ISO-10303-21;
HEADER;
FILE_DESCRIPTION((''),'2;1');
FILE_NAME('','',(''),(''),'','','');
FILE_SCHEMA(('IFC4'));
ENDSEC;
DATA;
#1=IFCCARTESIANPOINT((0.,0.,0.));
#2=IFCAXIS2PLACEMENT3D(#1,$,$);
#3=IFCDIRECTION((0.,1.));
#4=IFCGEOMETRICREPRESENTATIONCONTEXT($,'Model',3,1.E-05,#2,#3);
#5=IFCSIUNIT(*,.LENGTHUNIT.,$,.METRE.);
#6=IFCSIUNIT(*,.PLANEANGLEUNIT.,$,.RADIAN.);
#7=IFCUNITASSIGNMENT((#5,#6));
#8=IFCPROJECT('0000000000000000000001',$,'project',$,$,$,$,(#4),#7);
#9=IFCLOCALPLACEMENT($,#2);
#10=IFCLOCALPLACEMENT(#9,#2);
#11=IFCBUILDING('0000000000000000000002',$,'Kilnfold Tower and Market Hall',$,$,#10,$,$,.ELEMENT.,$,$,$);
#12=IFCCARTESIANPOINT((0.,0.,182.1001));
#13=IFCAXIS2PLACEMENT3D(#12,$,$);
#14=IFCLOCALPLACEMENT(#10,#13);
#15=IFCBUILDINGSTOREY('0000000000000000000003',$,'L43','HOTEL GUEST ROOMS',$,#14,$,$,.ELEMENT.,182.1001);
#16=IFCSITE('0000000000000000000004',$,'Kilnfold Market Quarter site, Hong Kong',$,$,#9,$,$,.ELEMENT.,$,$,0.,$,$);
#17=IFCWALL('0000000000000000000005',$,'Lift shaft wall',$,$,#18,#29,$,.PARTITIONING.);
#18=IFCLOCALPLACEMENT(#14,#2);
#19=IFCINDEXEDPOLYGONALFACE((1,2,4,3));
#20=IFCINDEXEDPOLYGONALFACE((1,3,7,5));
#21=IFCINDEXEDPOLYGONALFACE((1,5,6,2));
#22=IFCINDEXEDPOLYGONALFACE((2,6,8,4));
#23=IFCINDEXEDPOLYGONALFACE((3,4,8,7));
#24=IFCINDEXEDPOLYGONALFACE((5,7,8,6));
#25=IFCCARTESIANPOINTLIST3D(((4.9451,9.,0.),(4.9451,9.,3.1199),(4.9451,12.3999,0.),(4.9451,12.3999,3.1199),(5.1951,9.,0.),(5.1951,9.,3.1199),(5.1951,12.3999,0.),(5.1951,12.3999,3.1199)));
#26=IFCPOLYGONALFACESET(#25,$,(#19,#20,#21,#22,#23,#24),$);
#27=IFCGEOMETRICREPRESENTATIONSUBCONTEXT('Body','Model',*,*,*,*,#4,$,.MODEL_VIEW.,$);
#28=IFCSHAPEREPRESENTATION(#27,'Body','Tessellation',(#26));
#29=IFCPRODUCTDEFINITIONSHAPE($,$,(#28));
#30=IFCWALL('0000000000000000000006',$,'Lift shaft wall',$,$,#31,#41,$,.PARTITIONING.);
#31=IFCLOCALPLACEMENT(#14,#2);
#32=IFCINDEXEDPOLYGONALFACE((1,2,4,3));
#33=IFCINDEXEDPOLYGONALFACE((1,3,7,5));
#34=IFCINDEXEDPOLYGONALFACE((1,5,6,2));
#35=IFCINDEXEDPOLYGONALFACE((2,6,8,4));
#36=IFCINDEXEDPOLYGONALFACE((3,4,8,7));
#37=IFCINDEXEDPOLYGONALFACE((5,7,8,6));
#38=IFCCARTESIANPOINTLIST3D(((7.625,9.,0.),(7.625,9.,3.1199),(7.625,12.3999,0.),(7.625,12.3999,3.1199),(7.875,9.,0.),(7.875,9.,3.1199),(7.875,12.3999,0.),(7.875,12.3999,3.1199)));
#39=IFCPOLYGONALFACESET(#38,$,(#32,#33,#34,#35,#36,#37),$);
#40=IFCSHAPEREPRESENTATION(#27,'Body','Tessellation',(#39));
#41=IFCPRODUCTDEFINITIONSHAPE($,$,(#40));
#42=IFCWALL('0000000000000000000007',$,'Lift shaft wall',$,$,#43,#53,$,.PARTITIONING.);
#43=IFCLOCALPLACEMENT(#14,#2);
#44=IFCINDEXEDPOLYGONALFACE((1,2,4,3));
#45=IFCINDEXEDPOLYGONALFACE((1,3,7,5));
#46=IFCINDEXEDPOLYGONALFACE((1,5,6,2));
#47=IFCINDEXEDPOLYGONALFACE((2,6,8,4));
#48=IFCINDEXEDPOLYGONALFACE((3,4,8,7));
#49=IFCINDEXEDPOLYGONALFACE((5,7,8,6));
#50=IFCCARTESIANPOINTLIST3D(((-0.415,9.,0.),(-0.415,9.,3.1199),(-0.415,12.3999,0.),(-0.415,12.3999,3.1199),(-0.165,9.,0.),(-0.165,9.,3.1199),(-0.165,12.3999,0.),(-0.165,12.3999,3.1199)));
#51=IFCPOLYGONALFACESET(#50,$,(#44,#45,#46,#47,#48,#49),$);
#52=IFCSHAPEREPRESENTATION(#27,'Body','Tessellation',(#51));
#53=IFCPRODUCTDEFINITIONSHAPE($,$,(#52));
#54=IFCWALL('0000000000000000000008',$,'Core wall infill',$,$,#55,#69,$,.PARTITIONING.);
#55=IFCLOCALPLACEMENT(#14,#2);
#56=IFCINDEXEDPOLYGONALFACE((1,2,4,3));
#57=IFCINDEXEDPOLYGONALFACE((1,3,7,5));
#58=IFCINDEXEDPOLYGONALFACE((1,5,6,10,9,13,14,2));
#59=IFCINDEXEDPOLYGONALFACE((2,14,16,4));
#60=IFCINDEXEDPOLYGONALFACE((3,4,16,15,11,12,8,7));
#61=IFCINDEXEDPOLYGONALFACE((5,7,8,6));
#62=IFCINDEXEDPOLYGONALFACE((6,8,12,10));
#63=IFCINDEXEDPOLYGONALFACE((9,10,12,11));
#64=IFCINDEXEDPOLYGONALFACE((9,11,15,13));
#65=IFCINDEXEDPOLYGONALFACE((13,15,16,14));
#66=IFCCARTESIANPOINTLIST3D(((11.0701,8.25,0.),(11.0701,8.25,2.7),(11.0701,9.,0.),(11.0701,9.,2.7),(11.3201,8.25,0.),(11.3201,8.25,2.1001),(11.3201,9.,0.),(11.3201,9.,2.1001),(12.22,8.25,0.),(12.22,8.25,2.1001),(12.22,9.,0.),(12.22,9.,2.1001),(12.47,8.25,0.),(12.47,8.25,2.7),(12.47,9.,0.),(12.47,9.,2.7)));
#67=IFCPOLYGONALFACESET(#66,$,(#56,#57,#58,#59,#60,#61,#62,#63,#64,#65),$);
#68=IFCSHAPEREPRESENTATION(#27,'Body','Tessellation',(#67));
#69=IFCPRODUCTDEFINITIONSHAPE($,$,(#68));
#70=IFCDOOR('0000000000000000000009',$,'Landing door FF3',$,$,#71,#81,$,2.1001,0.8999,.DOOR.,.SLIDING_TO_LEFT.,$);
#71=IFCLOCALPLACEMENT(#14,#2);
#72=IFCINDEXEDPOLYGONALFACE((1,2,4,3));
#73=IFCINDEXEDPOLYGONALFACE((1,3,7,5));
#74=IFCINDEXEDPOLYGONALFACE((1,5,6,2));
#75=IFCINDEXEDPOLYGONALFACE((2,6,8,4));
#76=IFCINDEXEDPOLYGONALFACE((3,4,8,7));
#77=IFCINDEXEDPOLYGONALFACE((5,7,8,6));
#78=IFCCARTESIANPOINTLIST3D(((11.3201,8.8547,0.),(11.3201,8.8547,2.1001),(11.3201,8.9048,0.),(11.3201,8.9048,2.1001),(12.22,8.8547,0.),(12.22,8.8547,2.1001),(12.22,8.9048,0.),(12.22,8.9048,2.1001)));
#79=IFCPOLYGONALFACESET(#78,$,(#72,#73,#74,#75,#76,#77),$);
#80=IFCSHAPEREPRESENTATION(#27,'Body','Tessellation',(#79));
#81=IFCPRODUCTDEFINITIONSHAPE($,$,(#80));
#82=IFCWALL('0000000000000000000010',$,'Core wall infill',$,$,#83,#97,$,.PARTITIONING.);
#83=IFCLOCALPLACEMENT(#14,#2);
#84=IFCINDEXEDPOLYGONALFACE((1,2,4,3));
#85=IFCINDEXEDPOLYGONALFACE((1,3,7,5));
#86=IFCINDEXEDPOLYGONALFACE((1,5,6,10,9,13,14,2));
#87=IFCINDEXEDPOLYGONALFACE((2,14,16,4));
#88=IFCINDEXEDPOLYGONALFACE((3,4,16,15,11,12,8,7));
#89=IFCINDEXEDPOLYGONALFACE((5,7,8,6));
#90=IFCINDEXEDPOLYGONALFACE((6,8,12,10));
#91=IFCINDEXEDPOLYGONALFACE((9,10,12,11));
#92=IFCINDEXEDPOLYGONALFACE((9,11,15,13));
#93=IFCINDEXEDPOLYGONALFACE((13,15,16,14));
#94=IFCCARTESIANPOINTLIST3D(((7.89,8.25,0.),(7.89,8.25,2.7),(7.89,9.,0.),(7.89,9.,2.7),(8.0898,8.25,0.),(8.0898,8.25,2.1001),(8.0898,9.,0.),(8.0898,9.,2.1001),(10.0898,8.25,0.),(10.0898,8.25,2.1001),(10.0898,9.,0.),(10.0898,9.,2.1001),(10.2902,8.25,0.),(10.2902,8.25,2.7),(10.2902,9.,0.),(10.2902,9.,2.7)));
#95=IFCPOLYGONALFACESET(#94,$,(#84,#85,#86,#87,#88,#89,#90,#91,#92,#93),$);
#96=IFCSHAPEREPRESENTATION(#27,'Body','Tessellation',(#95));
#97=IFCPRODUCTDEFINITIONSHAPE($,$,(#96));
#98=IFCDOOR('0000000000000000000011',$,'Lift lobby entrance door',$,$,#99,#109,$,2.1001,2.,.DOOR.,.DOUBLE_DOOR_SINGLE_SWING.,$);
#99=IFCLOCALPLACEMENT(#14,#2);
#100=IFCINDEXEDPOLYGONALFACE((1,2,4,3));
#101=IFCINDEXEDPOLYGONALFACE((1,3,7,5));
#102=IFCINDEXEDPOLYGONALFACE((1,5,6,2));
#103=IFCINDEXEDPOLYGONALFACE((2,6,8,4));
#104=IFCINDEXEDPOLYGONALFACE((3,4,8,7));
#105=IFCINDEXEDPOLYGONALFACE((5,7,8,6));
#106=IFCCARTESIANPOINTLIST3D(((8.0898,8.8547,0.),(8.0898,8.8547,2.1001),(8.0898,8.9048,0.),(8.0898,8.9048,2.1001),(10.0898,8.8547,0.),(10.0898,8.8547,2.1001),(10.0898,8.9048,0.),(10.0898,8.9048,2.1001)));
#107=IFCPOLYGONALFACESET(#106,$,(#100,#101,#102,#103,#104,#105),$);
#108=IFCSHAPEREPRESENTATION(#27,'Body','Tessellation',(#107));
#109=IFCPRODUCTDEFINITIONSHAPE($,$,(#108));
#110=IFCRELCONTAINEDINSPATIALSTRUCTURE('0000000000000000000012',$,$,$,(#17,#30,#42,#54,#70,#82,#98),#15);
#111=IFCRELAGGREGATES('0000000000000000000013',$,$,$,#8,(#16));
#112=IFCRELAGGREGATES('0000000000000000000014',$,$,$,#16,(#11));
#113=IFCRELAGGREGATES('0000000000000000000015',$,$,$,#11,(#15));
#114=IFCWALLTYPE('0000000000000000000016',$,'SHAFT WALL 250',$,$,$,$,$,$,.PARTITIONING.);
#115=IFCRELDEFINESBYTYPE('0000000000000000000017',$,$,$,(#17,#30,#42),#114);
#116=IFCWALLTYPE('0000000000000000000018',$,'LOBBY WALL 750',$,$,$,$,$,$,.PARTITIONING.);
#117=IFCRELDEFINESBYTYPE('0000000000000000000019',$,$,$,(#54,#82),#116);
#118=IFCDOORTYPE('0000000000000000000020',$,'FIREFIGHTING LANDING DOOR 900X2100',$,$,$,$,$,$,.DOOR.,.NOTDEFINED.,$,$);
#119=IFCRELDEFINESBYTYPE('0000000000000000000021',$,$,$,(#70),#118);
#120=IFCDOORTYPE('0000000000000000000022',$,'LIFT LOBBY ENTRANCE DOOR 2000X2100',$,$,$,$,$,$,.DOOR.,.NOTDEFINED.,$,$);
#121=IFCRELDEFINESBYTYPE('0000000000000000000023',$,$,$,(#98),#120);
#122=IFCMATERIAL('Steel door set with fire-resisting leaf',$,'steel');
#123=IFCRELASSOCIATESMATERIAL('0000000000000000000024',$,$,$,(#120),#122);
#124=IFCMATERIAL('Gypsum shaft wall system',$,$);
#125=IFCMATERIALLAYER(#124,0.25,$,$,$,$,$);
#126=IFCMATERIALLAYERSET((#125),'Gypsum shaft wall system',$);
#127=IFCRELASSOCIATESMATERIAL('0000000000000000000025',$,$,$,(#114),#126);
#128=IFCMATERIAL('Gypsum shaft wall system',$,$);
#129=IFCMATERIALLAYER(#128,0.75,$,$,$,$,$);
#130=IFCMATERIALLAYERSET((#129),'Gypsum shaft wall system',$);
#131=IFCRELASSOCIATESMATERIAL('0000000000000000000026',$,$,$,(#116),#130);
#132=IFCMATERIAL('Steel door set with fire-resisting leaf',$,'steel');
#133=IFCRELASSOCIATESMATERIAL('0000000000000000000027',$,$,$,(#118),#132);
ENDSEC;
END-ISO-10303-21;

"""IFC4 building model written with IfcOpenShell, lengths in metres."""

from ifc_helpers import new_model, si_unit, direction, frame, frame_2d, origin, place, context, subcontext, project, spatial, rectangle, extrude, source, transform, mapped, material, layer, layer_set, type_object, element, fill, save


model = new_model("IFC4")

# Units and contexts
model_context = context("Model", 3, precision=1e-05, world=origin(), true_north=direction((0.0, 1.0)))
body_context = subcontext(model_context, "Body", "Model", "MODEL_VIEW")
ifc_project = project(units=[si_unit("LENGTHUNIT", "METRE"), si_unit("PLANEANGLEUNIT", "RADIAN")], contexts=[model_context])

# Site, building, storey
site_placement = place(None, origin())
site = spatial("IfcSite", under=ifc_project, at=site_placement, Name="Kilnfold Market Quarter site, Hong Kong", CompositionType="ELEMENT", RefElevation=0.0)
building_placement = place(site_placement, origin())
building = spatial("IfcBuilding", under=site, at=building_placement, Name="Kilnfold Tower and Market Hall", CompositionType="ELEMENT")
storey_placement = place(building_placement, frame((0.0, 0.0, 182.1001)))
storey = spatial("IfcBuildingStorey", under=building, at=storey_placement, Name="L43", Description="HOTEL GUEST ROOMS", CompositionType="ELEMENT", Elevation=182.1001)

# Shared definitions
ifc_material_1 = material(Name="Steel door set with fire-resisting leaf", Category="steel")
door_type_1 = type_object("IfcDoorType", Name="LIFT LOBBY ENTRANCE DOOR 2000X2100", OperationType="NOTDEFINED", PredefinedType="DOOR", material=ifc_material_1)

# Walls
ifc_material_2 = material(Name="Gypsum shaft wall system")
ifc_layer_1 = layer(ifc_material_2, 0.25)
ifc_layer_set_1 = layer_set([ifc_layer_1], Name="Gypsum shaft wall system")
wall_type_1 = type_object("IfcWallType", Name="SHAFT WALL 250", PredefinedType="PARTITIONING", material=ifc_layer_set_1)
shared_shape_1 = source(origin(), body_context, "Body", "SweptSolid", [
    extrude(rectangle(XDim=3.3999, YDim=0.25, at=frame_2d((1.7, 0.0))), origin(), (0.0, 0.0, 1.0), 3.1199),
])
for number, where, z_axis, x_axis, name in (
    (1, (5.0701, 9.0, 0.0), (0.0, 0.0, 1.0), (0.0, 1.0, 0.0), "Lift shaft wall"),
    (2, (7.75, 9.0, 0.0), (0.0, 0.0, 1.0), (0.0, 1.0, 0.0), "Lift shaft wall"),
    (3, (-0.29, 9.0, 0.0), (0.0, 0.0, 1.0), (0.0, 1.0, 0.0), "Lift shaft wall"),
):
    element("IfcWall", number, at=place(storey_placement, frame(where, z_axis=z_axis, x_axis=x_axis)), inside=storey, type_object=wall_type_1, Name=name, PredefinedType="PARTITIONING", context=body_context, shape_type="MappedRepresentation", body=[
        mapped(shared_shape_1, transform((0.0, 0.0, 0.0))),
    ])

# Walls, openings, doors
ifc_material_3 = material(Name="Gypsum shaft wall system")
ifc_layer_2 = layer(ifc_material_3, 0.75)
ifc_layer_set_2 = layer_set([ifc_layer_2], Name="Gypsum shaft wall system")
wall_type_2 = type_object("IfcWallType", Name="LOBBY WALL 750", PredefinedType="PARTITIONING", material=ifc_layer_set_2)
shared_shape_2 = source(origin(), body_context, "Body", "SweptSolid", [
    extrude(rectangle(XDim=1.3999, YDim=0.75, at=frame_2d((0.7, 0.0))), origin(), (0.0, 0.0, 1.0), 2.7),
])
wall_1_placement = place(storey_placement, frame((11.0701, 8.625, 0.0), z_axis=(0.0, 0.0, 1.0), x_axis=(1.0, 0.0, 0.0)))
wall_1 = element("IfcWall", 4, at=wall_1_placement, inside=storey, type_object=wall_type_2, Name="Core wall infill", PredefinedType="PARTITIONING", context=body_context, shape_type="MappedRepresentation", body=[
    mapped(shared_shape_2, transform((0.0, 0.0, 0.0))),
])
opening_1_placement = place(wall_1_placement, frame((0.25, 0.0, 0.0)))
opening_1 = element("IfcOpeningElement", 5, at=opening_1_placement, cuts=wall_1, PredefinedType="OPENING", context=body_context, shape_type="SweptSolid", body=[
    extrude(rectangle(XDim=0.8999, YDim=2.1001, at=frame_2d((0.45, 1.05))), frame((0.0, 0.385, 0.0), z_axis=(0.0, -1.0, 0.0), x_axis=(1.0, 0.0, 0.0)), (0.0, 0.0, 1.0), 0.77),
])
ifc_material_4 = material(Name="Steel door set with fire-resisting leaf", Category="steel")
door_type_2 = type_object("IfcDoorType", Name="FIREFIGHTING LANDING DOOR 900X2100", OperationType="NOTDEFINED", PredefinedType="DOOR", material=ifc_material_4)
door_1_placement = place(opening_1_placement, origin())
door_1 = element("IfcDoor", 6, at=door_1_placement, inside=storey, type_object=door_type_2, Name="Landing door FF3", OperationType="SLIDING_TO_LEFT", OverallHeight=2.1001, OverallWidth=0.8999, PredefinedType="DOOR", context=body_context, shape_type="SweptSolid", body=[
    extrude(rectangle(XDim=0.8999, YDim=2.1001, at=frame_2d((0.45, 1.05))), frame((0.0, 0.2798, 0.0), z_axis=(0.0, -1.0, 0.0), x_axis=(1.0, 0.0, 0.0)), (0.0, 0.0, 1.0), 0.05),
])
fill(opening_1, door_1)
shared_shape_3 = source(origin(), body_context, "Body", "SweptSolid", [
    extrude(rectangle(XDim=2.4001, YDim=0.75, at=frame_2d((1.2002, 0.0))), origin(), (0.0, 0.0, 1.0), 2.7),
])
wall_2_placement = place(storey_placement, frame((7.8899, 8.625, 0.0), z_axis=(0.0, 0.0, 1.0), x_axis=(1.0, 0.0, 0.0)))
wall_2 = element("IfcWall", 7, at=wall_2_placement, inside=storey, type_object=wall_type_2, Name="Core wall infill", PredefinedType="PARTITIONING", context=body_context, shape_type="MappedRepresentation", body=[
    mapped(shared_shape_3, transform((0.0, 0.0, 0.0))),
])
opening_2_placement = place(wall_2_placement, frame((0.2, 0.0, 0.0)))
opening_2 = element("IfcOpeningElement", 8, at=opening_2_placement, cuts=wall_2, PredefinedType="OPENING", context=body_context, shape_type="SweptSolid", body=[
    extrude(rectangle(XDim=2.0, YDim=2.1001, at=frame_2d((1.0, 1.05))), frame((0.0, 0.385, 0.0), z_axis=(0.0, -1.0, 0.0), x_axis=(1.0, 0.0, 0.0)), (0.0, 0.0, 1.0), 0.77),
])
door_2_placement = place(opening_2_placement, origin())
door_2 = element("IfcDoor", 9, at=door_2_placement, inside=storey, type_object=door_type_1, Name="Lift lobby entrance door", OperationType="DOUBLE_DOOR_SINGLE_SWING", OverallHeight=2.1001, OverallWidth=2.0, PredefinedType="DOOR", context=body_context, shape_type="SweptSolid", body=[
    extrude(rectangle(XDim=2.0, YDim=2.1001, at=frame_2d((1.0, 1.05))), frame((0.0, 0.2798, 0.0), z_axis=(0.0, -1.0, 0.0), x_axis=(1.0, 0.0, 0.0)), (0.0, 0.0, 1.0), 0.05),
])
fill(opening_2, door_2)

save(model, "model.ifc")
